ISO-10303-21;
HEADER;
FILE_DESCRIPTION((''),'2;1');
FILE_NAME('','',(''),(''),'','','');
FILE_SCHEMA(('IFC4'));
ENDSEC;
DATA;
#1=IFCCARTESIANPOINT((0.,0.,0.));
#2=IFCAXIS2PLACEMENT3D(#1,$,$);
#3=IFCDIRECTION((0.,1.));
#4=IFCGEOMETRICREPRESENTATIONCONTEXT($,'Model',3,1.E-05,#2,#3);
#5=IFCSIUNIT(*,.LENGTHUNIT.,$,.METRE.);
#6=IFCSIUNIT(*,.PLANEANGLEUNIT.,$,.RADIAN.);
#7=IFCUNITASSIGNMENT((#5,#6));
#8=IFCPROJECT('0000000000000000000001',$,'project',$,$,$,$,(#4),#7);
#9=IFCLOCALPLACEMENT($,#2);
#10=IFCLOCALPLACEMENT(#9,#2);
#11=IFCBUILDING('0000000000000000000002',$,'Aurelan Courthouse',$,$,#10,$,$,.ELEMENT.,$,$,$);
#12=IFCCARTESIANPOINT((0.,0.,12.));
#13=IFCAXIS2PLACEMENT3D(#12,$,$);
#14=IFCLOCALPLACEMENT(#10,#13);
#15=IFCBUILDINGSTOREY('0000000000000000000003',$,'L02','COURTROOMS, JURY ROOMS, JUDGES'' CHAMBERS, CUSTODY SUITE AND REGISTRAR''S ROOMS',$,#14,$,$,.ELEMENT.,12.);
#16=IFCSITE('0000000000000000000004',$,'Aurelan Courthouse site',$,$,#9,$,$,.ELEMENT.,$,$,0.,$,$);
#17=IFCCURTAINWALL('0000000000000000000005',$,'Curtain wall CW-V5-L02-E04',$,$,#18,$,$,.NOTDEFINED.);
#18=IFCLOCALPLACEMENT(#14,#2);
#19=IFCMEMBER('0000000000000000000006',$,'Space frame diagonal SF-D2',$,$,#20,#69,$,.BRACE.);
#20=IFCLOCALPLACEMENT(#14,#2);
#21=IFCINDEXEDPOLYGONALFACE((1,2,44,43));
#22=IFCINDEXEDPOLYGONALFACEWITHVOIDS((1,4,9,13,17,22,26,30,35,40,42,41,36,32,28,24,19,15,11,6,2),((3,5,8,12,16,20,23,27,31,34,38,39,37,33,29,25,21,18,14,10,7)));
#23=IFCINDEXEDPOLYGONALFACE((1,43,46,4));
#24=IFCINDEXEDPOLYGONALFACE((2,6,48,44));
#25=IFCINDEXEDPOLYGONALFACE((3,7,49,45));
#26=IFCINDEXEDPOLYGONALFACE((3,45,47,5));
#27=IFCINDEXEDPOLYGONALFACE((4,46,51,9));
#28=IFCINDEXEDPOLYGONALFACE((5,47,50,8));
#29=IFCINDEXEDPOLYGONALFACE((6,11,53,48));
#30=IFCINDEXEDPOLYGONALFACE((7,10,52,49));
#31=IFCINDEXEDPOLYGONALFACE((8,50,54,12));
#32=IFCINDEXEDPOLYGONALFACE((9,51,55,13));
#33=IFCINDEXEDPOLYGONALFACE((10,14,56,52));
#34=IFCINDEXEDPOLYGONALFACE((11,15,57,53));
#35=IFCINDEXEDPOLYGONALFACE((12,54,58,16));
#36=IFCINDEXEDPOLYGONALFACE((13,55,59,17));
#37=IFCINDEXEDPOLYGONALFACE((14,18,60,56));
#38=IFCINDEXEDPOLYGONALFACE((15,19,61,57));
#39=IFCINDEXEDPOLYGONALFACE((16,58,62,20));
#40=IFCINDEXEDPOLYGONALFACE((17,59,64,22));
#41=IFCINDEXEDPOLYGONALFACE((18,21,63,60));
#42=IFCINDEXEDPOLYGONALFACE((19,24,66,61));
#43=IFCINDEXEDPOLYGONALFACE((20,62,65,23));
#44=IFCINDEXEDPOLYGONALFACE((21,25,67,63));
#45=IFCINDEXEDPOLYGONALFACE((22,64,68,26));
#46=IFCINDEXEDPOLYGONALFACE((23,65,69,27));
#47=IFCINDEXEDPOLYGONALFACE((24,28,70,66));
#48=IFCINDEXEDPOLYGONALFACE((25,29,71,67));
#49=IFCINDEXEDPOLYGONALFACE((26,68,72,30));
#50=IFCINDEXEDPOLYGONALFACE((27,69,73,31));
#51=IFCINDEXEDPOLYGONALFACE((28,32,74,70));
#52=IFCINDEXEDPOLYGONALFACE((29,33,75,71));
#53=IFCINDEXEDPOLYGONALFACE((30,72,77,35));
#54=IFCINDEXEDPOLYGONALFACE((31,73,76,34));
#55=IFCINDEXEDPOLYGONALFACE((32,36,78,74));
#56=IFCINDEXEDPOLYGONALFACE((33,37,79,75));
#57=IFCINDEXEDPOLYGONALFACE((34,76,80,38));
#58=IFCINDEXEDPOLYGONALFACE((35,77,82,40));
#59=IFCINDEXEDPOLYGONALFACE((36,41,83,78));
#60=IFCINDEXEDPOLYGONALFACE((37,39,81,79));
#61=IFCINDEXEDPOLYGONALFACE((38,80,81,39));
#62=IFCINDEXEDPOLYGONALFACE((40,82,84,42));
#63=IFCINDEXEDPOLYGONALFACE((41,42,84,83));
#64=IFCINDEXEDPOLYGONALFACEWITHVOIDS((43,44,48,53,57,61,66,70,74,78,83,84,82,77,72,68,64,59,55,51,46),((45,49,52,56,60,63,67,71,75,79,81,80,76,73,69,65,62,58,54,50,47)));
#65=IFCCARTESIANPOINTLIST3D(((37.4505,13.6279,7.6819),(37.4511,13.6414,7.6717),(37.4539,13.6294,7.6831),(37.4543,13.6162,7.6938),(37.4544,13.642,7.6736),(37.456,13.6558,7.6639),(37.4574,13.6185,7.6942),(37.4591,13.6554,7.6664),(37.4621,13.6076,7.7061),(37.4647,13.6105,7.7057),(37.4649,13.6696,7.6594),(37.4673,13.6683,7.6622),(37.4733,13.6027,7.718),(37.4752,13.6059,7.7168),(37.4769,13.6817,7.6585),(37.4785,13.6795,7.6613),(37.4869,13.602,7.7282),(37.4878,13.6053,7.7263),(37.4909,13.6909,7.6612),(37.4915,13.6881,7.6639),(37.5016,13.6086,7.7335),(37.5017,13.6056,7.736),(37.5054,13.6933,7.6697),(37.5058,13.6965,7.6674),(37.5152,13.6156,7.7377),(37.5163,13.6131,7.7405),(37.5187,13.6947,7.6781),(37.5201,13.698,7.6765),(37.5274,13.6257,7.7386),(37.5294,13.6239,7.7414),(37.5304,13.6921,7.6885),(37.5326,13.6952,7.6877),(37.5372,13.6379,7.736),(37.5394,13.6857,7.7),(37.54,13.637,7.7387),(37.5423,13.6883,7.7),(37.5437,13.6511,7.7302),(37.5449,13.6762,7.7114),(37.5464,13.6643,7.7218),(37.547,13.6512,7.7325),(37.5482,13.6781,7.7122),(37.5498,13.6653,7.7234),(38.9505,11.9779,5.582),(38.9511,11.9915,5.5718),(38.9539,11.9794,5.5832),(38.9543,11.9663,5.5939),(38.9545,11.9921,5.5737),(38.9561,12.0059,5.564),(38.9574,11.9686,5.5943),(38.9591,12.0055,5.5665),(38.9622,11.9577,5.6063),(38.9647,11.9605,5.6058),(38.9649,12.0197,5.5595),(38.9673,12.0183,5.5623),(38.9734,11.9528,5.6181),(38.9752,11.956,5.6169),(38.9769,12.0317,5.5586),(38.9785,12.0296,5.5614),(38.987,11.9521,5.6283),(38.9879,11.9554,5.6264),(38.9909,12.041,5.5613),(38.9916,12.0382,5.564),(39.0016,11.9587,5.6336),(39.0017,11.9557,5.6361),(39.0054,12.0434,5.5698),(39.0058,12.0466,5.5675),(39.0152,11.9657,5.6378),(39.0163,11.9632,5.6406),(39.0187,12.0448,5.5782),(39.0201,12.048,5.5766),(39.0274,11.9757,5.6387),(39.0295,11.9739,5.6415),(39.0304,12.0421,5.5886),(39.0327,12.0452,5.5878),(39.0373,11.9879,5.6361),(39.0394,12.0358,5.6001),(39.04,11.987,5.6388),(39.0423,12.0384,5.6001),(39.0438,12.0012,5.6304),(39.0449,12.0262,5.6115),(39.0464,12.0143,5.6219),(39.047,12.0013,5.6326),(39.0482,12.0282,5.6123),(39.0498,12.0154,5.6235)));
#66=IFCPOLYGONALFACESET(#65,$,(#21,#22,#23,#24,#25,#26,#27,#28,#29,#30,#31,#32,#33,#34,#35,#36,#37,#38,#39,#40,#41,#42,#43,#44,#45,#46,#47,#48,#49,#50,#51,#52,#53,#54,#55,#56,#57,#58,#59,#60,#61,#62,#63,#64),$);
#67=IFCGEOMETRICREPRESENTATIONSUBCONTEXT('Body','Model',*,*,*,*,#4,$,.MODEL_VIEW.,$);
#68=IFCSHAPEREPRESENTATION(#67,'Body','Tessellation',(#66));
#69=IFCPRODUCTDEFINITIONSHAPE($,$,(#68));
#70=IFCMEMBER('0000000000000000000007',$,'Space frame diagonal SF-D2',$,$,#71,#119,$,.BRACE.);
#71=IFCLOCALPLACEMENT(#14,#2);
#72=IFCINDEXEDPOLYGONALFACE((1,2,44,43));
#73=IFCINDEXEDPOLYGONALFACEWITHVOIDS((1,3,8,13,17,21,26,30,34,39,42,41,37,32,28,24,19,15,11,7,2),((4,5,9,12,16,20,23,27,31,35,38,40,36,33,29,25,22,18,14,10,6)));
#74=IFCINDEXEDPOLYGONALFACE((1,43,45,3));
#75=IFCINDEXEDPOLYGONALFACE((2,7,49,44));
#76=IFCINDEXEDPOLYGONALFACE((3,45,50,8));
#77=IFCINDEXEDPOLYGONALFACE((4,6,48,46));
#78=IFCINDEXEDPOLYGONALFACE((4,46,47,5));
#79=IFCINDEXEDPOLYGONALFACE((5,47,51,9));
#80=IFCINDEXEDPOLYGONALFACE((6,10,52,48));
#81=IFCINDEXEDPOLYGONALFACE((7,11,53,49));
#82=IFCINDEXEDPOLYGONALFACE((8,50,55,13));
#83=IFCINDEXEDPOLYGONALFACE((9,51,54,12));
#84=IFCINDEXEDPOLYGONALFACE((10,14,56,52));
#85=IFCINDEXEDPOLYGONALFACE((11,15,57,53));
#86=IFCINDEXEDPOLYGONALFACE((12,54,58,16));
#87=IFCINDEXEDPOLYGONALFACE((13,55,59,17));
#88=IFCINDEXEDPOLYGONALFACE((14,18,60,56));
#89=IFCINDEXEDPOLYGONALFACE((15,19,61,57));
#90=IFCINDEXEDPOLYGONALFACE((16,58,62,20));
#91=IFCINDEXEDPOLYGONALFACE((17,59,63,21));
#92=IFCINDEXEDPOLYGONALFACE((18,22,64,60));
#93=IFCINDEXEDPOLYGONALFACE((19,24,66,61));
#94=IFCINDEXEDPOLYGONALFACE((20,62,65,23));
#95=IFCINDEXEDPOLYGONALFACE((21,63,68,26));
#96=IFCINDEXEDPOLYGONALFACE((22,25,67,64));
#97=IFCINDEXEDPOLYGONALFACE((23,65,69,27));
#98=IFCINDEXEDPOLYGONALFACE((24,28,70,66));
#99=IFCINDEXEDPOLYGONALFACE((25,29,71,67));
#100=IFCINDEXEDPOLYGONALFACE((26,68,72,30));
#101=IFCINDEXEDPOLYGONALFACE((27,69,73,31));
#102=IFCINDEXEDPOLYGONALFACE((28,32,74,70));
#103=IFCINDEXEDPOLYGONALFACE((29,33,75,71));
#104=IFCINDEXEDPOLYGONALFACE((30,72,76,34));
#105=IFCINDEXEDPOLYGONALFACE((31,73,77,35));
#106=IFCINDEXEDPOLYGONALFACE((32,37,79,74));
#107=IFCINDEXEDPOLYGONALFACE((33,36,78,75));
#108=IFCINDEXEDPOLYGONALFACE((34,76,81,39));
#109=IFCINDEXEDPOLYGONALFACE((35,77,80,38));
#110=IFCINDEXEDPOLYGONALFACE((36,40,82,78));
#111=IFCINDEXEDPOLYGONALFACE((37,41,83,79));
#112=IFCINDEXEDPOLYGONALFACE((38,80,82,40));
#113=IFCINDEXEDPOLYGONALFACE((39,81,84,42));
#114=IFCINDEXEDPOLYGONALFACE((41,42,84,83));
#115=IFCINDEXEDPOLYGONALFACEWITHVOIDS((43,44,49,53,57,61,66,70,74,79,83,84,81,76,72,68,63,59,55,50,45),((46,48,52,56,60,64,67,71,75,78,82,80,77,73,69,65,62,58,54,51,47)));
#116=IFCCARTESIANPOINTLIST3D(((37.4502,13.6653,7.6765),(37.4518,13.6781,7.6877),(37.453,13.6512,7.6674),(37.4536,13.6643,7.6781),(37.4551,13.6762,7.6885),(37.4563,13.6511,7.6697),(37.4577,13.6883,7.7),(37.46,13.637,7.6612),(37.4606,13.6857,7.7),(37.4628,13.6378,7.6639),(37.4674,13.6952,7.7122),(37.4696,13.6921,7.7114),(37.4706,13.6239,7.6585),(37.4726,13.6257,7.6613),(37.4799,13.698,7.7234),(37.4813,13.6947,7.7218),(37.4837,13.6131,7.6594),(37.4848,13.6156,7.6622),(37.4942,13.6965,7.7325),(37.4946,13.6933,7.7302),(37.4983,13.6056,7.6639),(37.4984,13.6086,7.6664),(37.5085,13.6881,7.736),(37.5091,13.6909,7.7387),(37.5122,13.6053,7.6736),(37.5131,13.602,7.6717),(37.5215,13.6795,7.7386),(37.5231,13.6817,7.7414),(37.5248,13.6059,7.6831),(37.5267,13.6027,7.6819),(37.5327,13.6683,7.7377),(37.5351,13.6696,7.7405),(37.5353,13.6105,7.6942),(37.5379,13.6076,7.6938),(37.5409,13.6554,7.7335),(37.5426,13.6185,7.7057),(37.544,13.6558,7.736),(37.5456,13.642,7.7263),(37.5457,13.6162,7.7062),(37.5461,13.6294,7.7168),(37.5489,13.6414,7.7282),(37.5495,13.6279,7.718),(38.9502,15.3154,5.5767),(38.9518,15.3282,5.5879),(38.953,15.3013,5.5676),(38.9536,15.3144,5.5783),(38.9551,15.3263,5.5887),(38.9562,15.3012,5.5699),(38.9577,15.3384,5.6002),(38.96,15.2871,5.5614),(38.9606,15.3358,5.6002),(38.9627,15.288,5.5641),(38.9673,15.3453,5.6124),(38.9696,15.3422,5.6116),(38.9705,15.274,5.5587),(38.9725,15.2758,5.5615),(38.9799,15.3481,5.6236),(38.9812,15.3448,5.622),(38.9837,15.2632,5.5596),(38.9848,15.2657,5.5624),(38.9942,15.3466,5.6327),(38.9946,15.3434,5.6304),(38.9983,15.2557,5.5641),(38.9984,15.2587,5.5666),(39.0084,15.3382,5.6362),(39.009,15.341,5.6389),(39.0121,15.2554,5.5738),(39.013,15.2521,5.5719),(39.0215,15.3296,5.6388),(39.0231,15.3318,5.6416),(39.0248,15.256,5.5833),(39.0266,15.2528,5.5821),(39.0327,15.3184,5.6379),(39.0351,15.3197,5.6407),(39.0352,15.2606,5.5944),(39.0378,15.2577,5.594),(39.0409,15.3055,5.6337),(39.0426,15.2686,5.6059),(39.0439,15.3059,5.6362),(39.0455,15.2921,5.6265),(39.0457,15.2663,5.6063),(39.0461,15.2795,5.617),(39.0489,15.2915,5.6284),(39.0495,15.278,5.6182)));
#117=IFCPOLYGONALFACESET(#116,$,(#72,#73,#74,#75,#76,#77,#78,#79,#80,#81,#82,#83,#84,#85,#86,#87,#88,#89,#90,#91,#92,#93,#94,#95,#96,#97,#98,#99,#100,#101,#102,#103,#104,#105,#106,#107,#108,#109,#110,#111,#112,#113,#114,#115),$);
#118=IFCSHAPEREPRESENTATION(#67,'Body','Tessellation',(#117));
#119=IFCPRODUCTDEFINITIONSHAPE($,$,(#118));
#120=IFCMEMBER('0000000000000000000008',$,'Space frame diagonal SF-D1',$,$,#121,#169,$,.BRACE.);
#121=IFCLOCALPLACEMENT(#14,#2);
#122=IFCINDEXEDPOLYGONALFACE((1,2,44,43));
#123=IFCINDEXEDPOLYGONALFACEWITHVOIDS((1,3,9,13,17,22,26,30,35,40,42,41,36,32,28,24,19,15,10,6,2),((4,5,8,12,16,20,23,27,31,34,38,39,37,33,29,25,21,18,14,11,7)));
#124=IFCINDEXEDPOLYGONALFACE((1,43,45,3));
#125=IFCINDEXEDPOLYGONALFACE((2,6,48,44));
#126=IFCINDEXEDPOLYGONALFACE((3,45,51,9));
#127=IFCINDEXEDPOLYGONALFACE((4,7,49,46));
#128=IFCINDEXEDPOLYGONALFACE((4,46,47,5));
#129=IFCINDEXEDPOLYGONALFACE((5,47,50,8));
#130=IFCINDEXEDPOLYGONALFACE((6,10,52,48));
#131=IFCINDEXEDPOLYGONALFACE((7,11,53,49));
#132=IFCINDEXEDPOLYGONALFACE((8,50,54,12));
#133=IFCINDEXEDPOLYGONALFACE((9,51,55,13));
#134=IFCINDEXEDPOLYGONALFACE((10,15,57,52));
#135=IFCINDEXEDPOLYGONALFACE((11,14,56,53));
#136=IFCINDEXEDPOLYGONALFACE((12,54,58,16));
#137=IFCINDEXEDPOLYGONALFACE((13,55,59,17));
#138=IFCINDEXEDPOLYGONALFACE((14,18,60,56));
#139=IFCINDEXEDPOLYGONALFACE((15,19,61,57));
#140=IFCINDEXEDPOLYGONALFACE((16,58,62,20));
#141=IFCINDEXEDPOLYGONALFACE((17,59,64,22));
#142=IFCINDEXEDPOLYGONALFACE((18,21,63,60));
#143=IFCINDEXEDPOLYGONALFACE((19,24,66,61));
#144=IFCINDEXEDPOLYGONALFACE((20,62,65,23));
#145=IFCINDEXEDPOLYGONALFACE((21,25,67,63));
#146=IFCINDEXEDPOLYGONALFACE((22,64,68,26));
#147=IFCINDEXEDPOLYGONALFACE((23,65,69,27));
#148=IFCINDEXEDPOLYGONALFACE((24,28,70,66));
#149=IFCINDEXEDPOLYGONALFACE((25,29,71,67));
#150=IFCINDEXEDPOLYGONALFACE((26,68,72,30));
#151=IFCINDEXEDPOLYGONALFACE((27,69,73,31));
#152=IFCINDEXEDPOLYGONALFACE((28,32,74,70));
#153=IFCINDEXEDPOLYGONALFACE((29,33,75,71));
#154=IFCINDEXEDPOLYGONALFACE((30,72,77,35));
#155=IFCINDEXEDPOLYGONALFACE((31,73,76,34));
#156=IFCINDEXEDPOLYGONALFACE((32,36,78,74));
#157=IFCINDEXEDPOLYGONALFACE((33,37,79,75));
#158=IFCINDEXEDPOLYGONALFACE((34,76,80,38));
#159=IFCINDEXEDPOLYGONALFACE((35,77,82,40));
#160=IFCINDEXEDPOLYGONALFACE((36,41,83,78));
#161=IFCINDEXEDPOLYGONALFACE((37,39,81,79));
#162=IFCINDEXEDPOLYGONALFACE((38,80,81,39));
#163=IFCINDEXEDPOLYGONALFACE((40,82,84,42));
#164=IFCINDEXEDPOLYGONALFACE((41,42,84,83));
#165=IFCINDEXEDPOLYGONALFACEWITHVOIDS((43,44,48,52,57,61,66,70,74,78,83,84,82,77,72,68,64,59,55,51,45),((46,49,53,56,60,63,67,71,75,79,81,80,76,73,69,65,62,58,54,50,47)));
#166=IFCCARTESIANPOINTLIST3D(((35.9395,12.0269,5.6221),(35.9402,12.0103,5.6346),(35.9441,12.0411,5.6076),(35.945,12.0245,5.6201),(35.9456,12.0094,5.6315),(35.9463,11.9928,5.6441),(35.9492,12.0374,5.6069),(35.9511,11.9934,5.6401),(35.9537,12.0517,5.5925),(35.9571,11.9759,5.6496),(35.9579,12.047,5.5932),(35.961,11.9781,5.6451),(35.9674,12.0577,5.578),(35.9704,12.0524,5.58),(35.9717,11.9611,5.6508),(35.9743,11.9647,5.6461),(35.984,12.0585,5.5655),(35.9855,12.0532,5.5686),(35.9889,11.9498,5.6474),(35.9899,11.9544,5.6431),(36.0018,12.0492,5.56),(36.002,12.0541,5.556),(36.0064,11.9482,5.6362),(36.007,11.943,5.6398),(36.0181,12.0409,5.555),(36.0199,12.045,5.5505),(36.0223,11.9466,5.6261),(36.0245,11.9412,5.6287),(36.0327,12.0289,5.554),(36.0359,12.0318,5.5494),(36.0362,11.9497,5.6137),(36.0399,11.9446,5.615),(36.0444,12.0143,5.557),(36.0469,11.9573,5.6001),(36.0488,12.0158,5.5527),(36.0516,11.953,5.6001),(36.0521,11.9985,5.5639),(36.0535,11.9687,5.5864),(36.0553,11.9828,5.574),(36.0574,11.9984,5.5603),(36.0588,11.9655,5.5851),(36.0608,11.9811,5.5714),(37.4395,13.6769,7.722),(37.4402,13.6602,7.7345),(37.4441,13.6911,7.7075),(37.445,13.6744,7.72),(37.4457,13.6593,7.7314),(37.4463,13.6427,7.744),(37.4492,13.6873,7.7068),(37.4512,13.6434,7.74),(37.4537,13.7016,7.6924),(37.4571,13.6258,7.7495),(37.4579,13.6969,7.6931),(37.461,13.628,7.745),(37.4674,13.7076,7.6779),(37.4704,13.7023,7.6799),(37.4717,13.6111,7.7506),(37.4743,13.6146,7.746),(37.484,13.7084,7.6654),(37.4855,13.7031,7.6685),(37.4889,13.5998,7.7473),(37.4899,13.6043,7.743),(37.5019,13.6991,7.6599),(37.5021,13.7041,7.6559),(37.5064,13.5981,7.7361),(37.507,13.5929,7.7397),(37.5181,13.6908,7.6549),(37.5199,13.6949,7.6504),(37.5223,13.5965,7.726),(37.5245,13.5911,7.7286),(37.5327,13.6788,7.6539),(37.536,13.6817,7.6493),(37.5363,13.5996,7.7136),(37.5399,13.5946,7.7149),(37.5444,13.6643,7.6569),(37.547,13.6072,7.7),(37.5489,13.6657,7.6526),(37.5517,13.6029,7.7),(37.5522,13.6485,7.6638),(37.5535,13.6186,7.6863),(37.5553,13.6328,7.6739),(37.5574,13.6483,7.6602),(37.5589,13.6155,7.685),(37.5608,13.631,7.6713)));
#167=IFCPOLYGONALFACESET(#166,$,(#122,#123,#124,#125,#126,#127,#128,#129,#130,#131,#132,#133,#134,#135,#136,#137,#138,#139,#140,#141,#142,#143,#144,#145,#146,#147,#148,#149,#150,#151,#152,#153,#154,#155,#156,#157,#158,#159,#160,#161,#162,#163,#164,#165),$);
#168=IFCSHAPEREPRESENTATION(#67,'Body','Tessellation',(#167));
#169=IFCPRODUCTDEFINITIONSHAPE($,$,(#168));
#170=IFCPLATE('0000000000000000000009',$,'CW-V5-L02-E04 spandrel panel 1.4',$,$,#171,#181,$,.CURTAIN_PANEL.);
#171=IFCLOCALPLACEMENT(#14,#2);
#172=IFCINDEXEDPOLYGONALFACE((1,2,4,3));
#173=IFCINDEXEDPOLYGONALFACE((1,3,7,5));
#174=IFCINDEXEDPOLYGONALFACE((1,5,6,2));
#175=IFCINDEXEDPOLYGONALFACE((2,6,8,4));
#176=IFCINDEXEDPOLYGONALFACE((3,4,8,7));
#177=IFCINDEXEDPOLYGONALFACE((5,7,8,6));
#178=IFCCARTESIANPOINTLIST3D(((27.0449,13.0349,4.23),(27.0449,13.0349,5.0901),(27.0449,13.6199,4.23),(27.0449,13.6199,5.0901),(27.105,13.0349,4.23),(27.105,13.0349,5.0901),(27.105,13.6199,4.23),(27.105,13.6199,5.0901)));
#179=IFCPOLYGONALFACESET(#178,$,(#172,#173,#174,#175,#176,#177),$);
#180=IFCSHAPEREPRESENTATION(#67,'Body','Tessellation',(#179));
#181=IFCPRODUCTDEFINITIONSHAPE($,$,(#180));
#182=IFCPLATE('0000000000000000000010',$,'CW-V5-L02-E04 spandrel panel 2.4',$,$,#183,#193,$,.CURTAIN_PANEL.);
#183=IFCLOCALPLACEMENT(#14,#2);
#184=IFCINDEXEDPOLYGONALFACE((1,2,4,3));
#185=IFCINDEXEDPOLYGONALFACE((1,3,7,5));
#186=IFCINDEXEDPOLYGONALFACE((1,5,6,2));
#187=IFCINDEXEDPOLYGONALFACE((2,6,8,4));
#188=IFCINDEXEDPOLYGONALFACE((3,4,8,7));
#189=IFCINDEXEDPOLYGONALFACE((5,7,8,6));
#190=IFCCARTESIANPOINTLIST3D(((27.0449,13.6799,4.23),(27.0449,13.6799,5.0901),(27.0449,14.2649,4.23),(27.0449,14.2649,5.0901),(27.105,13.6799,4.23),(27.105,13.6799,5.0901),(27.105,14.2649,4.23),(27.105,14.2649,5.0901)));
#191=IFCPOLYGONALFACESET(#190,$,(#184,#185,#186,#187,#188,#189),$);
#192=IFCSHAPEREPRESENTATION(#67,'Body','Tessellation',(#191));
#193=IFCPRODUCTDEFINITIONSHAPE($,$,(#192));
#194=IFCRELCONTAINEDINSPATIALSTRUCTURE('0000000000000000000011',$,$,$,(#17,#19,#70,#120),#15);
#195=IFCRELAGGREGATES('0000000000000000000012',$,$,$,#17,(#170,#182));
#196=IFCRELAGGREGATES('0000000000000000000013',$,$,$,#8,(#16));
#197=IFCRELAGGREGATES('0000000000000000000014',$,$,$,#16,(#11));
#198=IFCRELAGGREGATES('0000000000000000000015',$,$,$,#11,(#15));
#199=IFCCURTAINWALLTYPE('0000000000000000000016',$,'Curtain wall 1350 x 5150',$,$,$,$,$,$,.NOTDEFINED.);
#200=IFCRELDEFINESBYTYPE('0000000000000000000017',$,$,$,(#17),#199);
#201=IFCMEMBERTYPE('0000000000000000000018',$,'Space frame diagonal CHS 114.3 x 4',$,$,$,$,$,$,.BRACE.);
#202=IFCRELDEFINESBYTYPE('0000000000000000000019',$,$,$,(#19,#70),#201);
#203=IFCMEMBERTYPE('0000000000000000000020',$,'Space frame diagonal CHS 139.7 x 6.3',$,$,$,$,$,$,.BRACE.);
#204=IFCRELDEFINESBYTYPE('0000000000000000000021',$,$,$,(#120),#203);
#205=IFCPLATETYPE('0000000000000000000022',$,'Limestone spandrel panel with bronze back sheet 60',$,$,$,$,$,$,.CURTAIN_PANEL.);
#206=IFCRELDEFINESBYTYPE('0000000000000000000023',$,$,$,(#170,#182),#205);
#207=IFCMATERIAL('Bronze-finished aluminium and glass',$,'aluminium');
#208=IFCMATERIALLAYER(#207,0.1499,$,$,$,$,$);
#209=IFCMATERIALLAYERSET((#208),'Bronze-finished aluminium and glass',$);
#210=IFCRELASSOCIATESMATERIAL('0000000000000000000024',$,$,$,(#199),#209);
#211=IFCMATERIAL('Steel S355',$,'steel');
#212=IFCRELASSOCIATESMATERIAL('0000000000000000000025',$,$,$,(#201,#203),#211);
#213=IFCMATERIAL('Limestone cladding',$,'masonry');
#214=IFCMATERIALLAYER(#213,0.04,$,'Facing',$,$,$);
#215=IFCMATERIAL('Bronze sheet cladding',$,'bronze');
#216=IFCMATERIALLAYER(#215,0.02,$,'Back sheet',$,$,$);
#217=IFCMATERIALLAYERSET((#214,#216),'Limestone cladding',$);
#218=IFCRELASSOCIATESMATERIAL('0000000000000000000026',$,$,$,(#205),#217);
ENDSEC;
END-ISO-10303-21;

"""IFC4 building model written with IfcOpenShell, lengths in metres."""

from ifc_helpers import new_model, si_unit, direction, frame, origin, origin_2d, place, context, subcontext, project, spatial, rectangle, hollow_circle, extrude, material, layer, layer_set, material_profile, profile_set, type_object, element, aggregate, save


model = new_model("IFC4")

# Units and contexts
model_context = context("Model", 3, precision=1e-05, world=origin(), true_north=direction((0.0, 1.0)))
body_context = subcontext(model_context, "Body", "Model", "MODEL_VIEW")
ifc_project = project(units=[si_unit("LENGTHUNIT", "METRE"), si_unit("PLANEANGLEUNIT", "RADIAN")], contexts=[model_context])

# Site, building, storey
site_placement = place(None, origin())
site = spatial("IfcSite", under=ifc_project, at=site_placement, Name="Aurelan Courthouse site", CompositionType="ELEMENT", RefElevation=0.0)
building_placement = place(site_placement, origin())
building = spatial("IfcBuilding", under=site, at=building_placement, Name="Aurelan Courthouse", CompositionType="ELEMENT")
storey_placement = place(building_placement, frame((0.0, 0.0, 12.0)))
storey = spatial("IfcBuildingStorey", under=building, at=storey_placement, Name="L02", Description="COURTROOMS, JURY ROOMS, JUDGES' CHAMBERS, CUSTODY SUITE AND REGISTRAR'S ROOMS", CompositionType="ELEMENT", Elevation=12.0)

# Curtain wall
ifc_material_1 = material(Name="Bronze-finished aluminium and glass", Category="aluminium")
ifc_layer_1 = layer(ifc_material_1, 0.1499)
ifc_layer_set_1 = layer_set([ifc_layer_1], Name="Bronze-finished aluminium and glass")
curtain_wall_type = type_object("IfcCurtainWallType", Name="Curtain wall 1350 x 5150", PredefinedType="NOTDEFINED", material=ifc_layer_set_1)
curtain_wall_placement = place(storey_placement, origin())
curtain_wall = element("IfcCurtainWall", 1, at=curtain_wall_placement, inside=storey, type_object=curtain_wall_type, Name="Curtain wall CW-V5-L02-E04", PredefinedType="NOTDEFINED")

# Members
ifc_material_2 = material(Name="Steel S355", Category="steel")
ifc_material_profile_1 = material_profile(ifc_material_2, hollow_circle(Radius=0.0571, WallThickness=0.0039, at=origin_2d()), Name="CHS 114.3 x 4")
ifc_profile_set_1 = profile_set([ifc_material_profile_1], Name="Steel S355")
member_type_1 = type_object("IfcMemberType", Name="Space frame diagonal CHS 114.3 x 4", PredefinedType="BRACE", material=ifc_profile_set_1)
for number, where, z_axis, x_axis, name in (
    (2, (37.5, 13.6499, 7.7), (0.489727, -0.538667, -0.685569), (0.73992, 0.672695, 0.0), "Space frame diagonal SF-D2"),
    (3, (37.5, 13.6499, 7.7), (0.489706, 0.538724, -0.68554), (-0.73997, 0.67264, 0.0), "Space frame diagonal SF-D2"),
):
    element("IfcMember", number, at=place(storey_placement, frame(where, z_axis=z_axis, x_axis=x_axis)), inside=storey, type_object=member_type_1, Name=name, PredefinedType="BRACE", context=body_context, shape_type="SweptSolid", body=[
        extrude(hollow_circle(Radius=0.0571, WallThickness=0.0039, at=origin_2d()), origin(), (0.0, 0.0, 1.0), 3.063),
    ])
ifc_material_profile_2 = material_profile(ifc_material_2, hollow_circle(Radius=0.0698, WallThickness=0.0063, at=origin_2d()), Name="CHS 139.7 x 6.3")
ifc_profile_set_2 = profile_set([ifc_material_profile_2], Name="Steel S355")
member_type_2 = type_object("IfcMemberType", Name="Space frame diagonal CHS 139.7 x 6.3", PredefinedType="BRACE", material=ifc_profile_set_2)
member_1_placement = place(storey_placement, frame((37.5, 13.6499, 7.7), z_axis=(-0.489727, -0.538667, -0.685569), x_axis=(0.73992, -0.672695, 0.0)))
element("IfcMember", 4, at=member_1_placement, inside=storey, type_object=member_type_2, Name="Space frame diagonal SF-D1", PredefinedType="BRACE", context=body_context, shape_type="SweptSolid", body=[
    extrude(hollow_circle(Radius=0.0698, WallThickness=0.0063, at=origin_2d()), origin(), (0.0, 0.0, 1.0), 3.063),
])

# Plates
ifc_material_3 = material(Name="Limestone cladding", Category="masonry")
ifc_layer_2 = layer(ifc_material_3, 0.04, Name="Facing")
ifc_material_4 = material(Name="Bronze sheet cladding", Category="bronze")
ifc_layer_3 = layer(ifc_material_4, 0.02, Name="Back sheet")
ifc_layer_set_2 = layer_set([ifc_layer_2, ifc_layer_3], Name="Limestone cladding")
plate_type_1 = type_object("IfcPlateType", Name="Limestone spandrel panel with bronze back sheet 60", PredefinedType="CURTAIN_PANEL", material=ifc_layer_set_2)
plate_1_placement = place(storey_placement, frame((27.075, 13.3274, 4.23), z_axis=(0.0, 0.0, 1.0), x_axis=(0.0, 1.0, 0.0)))
plate_1 = element("IfcPlate", 5, at=plate_1_placement, type_object=plate_type_1, Name="CW-V5-L02-E04 spandrel panel 1.4", PredefinedType="CURTAIN_PANEL", context=body_context, shape_type="SweptSolid", body=[
    extrude(rectangle(XDim=0.585, YDim=0.0601, at=origin_2d()), origin(), (0.0, 0.0, 1.0), 0.8601),
])
plate_2_placement = place(storey_placement, frame((27.075, 13.9724, 4.23), z_axis=(0.0, 0.0, 1.0), x_axis=(0.0, 1.0, 0.0)))
plate_2 = element("IfcPlate", 6, at=plate_2_placement, type_object=plate_type_1, Name="CW-V5-L02-E04 spandrel panel 2.4", PredefinedType="CURTAIN_PANEL", context=body_context, shape_type="SweptSolid", body=[
    extrude(rectangle(XDim=0.585, YDim=0.0601, at=origin_2d()), origin(), (0.0, 0.0, 1.0), 0.8601),
])
aggregate(curtain_wall, [plate_1, plate_2])

save(model, "model.ifc")
